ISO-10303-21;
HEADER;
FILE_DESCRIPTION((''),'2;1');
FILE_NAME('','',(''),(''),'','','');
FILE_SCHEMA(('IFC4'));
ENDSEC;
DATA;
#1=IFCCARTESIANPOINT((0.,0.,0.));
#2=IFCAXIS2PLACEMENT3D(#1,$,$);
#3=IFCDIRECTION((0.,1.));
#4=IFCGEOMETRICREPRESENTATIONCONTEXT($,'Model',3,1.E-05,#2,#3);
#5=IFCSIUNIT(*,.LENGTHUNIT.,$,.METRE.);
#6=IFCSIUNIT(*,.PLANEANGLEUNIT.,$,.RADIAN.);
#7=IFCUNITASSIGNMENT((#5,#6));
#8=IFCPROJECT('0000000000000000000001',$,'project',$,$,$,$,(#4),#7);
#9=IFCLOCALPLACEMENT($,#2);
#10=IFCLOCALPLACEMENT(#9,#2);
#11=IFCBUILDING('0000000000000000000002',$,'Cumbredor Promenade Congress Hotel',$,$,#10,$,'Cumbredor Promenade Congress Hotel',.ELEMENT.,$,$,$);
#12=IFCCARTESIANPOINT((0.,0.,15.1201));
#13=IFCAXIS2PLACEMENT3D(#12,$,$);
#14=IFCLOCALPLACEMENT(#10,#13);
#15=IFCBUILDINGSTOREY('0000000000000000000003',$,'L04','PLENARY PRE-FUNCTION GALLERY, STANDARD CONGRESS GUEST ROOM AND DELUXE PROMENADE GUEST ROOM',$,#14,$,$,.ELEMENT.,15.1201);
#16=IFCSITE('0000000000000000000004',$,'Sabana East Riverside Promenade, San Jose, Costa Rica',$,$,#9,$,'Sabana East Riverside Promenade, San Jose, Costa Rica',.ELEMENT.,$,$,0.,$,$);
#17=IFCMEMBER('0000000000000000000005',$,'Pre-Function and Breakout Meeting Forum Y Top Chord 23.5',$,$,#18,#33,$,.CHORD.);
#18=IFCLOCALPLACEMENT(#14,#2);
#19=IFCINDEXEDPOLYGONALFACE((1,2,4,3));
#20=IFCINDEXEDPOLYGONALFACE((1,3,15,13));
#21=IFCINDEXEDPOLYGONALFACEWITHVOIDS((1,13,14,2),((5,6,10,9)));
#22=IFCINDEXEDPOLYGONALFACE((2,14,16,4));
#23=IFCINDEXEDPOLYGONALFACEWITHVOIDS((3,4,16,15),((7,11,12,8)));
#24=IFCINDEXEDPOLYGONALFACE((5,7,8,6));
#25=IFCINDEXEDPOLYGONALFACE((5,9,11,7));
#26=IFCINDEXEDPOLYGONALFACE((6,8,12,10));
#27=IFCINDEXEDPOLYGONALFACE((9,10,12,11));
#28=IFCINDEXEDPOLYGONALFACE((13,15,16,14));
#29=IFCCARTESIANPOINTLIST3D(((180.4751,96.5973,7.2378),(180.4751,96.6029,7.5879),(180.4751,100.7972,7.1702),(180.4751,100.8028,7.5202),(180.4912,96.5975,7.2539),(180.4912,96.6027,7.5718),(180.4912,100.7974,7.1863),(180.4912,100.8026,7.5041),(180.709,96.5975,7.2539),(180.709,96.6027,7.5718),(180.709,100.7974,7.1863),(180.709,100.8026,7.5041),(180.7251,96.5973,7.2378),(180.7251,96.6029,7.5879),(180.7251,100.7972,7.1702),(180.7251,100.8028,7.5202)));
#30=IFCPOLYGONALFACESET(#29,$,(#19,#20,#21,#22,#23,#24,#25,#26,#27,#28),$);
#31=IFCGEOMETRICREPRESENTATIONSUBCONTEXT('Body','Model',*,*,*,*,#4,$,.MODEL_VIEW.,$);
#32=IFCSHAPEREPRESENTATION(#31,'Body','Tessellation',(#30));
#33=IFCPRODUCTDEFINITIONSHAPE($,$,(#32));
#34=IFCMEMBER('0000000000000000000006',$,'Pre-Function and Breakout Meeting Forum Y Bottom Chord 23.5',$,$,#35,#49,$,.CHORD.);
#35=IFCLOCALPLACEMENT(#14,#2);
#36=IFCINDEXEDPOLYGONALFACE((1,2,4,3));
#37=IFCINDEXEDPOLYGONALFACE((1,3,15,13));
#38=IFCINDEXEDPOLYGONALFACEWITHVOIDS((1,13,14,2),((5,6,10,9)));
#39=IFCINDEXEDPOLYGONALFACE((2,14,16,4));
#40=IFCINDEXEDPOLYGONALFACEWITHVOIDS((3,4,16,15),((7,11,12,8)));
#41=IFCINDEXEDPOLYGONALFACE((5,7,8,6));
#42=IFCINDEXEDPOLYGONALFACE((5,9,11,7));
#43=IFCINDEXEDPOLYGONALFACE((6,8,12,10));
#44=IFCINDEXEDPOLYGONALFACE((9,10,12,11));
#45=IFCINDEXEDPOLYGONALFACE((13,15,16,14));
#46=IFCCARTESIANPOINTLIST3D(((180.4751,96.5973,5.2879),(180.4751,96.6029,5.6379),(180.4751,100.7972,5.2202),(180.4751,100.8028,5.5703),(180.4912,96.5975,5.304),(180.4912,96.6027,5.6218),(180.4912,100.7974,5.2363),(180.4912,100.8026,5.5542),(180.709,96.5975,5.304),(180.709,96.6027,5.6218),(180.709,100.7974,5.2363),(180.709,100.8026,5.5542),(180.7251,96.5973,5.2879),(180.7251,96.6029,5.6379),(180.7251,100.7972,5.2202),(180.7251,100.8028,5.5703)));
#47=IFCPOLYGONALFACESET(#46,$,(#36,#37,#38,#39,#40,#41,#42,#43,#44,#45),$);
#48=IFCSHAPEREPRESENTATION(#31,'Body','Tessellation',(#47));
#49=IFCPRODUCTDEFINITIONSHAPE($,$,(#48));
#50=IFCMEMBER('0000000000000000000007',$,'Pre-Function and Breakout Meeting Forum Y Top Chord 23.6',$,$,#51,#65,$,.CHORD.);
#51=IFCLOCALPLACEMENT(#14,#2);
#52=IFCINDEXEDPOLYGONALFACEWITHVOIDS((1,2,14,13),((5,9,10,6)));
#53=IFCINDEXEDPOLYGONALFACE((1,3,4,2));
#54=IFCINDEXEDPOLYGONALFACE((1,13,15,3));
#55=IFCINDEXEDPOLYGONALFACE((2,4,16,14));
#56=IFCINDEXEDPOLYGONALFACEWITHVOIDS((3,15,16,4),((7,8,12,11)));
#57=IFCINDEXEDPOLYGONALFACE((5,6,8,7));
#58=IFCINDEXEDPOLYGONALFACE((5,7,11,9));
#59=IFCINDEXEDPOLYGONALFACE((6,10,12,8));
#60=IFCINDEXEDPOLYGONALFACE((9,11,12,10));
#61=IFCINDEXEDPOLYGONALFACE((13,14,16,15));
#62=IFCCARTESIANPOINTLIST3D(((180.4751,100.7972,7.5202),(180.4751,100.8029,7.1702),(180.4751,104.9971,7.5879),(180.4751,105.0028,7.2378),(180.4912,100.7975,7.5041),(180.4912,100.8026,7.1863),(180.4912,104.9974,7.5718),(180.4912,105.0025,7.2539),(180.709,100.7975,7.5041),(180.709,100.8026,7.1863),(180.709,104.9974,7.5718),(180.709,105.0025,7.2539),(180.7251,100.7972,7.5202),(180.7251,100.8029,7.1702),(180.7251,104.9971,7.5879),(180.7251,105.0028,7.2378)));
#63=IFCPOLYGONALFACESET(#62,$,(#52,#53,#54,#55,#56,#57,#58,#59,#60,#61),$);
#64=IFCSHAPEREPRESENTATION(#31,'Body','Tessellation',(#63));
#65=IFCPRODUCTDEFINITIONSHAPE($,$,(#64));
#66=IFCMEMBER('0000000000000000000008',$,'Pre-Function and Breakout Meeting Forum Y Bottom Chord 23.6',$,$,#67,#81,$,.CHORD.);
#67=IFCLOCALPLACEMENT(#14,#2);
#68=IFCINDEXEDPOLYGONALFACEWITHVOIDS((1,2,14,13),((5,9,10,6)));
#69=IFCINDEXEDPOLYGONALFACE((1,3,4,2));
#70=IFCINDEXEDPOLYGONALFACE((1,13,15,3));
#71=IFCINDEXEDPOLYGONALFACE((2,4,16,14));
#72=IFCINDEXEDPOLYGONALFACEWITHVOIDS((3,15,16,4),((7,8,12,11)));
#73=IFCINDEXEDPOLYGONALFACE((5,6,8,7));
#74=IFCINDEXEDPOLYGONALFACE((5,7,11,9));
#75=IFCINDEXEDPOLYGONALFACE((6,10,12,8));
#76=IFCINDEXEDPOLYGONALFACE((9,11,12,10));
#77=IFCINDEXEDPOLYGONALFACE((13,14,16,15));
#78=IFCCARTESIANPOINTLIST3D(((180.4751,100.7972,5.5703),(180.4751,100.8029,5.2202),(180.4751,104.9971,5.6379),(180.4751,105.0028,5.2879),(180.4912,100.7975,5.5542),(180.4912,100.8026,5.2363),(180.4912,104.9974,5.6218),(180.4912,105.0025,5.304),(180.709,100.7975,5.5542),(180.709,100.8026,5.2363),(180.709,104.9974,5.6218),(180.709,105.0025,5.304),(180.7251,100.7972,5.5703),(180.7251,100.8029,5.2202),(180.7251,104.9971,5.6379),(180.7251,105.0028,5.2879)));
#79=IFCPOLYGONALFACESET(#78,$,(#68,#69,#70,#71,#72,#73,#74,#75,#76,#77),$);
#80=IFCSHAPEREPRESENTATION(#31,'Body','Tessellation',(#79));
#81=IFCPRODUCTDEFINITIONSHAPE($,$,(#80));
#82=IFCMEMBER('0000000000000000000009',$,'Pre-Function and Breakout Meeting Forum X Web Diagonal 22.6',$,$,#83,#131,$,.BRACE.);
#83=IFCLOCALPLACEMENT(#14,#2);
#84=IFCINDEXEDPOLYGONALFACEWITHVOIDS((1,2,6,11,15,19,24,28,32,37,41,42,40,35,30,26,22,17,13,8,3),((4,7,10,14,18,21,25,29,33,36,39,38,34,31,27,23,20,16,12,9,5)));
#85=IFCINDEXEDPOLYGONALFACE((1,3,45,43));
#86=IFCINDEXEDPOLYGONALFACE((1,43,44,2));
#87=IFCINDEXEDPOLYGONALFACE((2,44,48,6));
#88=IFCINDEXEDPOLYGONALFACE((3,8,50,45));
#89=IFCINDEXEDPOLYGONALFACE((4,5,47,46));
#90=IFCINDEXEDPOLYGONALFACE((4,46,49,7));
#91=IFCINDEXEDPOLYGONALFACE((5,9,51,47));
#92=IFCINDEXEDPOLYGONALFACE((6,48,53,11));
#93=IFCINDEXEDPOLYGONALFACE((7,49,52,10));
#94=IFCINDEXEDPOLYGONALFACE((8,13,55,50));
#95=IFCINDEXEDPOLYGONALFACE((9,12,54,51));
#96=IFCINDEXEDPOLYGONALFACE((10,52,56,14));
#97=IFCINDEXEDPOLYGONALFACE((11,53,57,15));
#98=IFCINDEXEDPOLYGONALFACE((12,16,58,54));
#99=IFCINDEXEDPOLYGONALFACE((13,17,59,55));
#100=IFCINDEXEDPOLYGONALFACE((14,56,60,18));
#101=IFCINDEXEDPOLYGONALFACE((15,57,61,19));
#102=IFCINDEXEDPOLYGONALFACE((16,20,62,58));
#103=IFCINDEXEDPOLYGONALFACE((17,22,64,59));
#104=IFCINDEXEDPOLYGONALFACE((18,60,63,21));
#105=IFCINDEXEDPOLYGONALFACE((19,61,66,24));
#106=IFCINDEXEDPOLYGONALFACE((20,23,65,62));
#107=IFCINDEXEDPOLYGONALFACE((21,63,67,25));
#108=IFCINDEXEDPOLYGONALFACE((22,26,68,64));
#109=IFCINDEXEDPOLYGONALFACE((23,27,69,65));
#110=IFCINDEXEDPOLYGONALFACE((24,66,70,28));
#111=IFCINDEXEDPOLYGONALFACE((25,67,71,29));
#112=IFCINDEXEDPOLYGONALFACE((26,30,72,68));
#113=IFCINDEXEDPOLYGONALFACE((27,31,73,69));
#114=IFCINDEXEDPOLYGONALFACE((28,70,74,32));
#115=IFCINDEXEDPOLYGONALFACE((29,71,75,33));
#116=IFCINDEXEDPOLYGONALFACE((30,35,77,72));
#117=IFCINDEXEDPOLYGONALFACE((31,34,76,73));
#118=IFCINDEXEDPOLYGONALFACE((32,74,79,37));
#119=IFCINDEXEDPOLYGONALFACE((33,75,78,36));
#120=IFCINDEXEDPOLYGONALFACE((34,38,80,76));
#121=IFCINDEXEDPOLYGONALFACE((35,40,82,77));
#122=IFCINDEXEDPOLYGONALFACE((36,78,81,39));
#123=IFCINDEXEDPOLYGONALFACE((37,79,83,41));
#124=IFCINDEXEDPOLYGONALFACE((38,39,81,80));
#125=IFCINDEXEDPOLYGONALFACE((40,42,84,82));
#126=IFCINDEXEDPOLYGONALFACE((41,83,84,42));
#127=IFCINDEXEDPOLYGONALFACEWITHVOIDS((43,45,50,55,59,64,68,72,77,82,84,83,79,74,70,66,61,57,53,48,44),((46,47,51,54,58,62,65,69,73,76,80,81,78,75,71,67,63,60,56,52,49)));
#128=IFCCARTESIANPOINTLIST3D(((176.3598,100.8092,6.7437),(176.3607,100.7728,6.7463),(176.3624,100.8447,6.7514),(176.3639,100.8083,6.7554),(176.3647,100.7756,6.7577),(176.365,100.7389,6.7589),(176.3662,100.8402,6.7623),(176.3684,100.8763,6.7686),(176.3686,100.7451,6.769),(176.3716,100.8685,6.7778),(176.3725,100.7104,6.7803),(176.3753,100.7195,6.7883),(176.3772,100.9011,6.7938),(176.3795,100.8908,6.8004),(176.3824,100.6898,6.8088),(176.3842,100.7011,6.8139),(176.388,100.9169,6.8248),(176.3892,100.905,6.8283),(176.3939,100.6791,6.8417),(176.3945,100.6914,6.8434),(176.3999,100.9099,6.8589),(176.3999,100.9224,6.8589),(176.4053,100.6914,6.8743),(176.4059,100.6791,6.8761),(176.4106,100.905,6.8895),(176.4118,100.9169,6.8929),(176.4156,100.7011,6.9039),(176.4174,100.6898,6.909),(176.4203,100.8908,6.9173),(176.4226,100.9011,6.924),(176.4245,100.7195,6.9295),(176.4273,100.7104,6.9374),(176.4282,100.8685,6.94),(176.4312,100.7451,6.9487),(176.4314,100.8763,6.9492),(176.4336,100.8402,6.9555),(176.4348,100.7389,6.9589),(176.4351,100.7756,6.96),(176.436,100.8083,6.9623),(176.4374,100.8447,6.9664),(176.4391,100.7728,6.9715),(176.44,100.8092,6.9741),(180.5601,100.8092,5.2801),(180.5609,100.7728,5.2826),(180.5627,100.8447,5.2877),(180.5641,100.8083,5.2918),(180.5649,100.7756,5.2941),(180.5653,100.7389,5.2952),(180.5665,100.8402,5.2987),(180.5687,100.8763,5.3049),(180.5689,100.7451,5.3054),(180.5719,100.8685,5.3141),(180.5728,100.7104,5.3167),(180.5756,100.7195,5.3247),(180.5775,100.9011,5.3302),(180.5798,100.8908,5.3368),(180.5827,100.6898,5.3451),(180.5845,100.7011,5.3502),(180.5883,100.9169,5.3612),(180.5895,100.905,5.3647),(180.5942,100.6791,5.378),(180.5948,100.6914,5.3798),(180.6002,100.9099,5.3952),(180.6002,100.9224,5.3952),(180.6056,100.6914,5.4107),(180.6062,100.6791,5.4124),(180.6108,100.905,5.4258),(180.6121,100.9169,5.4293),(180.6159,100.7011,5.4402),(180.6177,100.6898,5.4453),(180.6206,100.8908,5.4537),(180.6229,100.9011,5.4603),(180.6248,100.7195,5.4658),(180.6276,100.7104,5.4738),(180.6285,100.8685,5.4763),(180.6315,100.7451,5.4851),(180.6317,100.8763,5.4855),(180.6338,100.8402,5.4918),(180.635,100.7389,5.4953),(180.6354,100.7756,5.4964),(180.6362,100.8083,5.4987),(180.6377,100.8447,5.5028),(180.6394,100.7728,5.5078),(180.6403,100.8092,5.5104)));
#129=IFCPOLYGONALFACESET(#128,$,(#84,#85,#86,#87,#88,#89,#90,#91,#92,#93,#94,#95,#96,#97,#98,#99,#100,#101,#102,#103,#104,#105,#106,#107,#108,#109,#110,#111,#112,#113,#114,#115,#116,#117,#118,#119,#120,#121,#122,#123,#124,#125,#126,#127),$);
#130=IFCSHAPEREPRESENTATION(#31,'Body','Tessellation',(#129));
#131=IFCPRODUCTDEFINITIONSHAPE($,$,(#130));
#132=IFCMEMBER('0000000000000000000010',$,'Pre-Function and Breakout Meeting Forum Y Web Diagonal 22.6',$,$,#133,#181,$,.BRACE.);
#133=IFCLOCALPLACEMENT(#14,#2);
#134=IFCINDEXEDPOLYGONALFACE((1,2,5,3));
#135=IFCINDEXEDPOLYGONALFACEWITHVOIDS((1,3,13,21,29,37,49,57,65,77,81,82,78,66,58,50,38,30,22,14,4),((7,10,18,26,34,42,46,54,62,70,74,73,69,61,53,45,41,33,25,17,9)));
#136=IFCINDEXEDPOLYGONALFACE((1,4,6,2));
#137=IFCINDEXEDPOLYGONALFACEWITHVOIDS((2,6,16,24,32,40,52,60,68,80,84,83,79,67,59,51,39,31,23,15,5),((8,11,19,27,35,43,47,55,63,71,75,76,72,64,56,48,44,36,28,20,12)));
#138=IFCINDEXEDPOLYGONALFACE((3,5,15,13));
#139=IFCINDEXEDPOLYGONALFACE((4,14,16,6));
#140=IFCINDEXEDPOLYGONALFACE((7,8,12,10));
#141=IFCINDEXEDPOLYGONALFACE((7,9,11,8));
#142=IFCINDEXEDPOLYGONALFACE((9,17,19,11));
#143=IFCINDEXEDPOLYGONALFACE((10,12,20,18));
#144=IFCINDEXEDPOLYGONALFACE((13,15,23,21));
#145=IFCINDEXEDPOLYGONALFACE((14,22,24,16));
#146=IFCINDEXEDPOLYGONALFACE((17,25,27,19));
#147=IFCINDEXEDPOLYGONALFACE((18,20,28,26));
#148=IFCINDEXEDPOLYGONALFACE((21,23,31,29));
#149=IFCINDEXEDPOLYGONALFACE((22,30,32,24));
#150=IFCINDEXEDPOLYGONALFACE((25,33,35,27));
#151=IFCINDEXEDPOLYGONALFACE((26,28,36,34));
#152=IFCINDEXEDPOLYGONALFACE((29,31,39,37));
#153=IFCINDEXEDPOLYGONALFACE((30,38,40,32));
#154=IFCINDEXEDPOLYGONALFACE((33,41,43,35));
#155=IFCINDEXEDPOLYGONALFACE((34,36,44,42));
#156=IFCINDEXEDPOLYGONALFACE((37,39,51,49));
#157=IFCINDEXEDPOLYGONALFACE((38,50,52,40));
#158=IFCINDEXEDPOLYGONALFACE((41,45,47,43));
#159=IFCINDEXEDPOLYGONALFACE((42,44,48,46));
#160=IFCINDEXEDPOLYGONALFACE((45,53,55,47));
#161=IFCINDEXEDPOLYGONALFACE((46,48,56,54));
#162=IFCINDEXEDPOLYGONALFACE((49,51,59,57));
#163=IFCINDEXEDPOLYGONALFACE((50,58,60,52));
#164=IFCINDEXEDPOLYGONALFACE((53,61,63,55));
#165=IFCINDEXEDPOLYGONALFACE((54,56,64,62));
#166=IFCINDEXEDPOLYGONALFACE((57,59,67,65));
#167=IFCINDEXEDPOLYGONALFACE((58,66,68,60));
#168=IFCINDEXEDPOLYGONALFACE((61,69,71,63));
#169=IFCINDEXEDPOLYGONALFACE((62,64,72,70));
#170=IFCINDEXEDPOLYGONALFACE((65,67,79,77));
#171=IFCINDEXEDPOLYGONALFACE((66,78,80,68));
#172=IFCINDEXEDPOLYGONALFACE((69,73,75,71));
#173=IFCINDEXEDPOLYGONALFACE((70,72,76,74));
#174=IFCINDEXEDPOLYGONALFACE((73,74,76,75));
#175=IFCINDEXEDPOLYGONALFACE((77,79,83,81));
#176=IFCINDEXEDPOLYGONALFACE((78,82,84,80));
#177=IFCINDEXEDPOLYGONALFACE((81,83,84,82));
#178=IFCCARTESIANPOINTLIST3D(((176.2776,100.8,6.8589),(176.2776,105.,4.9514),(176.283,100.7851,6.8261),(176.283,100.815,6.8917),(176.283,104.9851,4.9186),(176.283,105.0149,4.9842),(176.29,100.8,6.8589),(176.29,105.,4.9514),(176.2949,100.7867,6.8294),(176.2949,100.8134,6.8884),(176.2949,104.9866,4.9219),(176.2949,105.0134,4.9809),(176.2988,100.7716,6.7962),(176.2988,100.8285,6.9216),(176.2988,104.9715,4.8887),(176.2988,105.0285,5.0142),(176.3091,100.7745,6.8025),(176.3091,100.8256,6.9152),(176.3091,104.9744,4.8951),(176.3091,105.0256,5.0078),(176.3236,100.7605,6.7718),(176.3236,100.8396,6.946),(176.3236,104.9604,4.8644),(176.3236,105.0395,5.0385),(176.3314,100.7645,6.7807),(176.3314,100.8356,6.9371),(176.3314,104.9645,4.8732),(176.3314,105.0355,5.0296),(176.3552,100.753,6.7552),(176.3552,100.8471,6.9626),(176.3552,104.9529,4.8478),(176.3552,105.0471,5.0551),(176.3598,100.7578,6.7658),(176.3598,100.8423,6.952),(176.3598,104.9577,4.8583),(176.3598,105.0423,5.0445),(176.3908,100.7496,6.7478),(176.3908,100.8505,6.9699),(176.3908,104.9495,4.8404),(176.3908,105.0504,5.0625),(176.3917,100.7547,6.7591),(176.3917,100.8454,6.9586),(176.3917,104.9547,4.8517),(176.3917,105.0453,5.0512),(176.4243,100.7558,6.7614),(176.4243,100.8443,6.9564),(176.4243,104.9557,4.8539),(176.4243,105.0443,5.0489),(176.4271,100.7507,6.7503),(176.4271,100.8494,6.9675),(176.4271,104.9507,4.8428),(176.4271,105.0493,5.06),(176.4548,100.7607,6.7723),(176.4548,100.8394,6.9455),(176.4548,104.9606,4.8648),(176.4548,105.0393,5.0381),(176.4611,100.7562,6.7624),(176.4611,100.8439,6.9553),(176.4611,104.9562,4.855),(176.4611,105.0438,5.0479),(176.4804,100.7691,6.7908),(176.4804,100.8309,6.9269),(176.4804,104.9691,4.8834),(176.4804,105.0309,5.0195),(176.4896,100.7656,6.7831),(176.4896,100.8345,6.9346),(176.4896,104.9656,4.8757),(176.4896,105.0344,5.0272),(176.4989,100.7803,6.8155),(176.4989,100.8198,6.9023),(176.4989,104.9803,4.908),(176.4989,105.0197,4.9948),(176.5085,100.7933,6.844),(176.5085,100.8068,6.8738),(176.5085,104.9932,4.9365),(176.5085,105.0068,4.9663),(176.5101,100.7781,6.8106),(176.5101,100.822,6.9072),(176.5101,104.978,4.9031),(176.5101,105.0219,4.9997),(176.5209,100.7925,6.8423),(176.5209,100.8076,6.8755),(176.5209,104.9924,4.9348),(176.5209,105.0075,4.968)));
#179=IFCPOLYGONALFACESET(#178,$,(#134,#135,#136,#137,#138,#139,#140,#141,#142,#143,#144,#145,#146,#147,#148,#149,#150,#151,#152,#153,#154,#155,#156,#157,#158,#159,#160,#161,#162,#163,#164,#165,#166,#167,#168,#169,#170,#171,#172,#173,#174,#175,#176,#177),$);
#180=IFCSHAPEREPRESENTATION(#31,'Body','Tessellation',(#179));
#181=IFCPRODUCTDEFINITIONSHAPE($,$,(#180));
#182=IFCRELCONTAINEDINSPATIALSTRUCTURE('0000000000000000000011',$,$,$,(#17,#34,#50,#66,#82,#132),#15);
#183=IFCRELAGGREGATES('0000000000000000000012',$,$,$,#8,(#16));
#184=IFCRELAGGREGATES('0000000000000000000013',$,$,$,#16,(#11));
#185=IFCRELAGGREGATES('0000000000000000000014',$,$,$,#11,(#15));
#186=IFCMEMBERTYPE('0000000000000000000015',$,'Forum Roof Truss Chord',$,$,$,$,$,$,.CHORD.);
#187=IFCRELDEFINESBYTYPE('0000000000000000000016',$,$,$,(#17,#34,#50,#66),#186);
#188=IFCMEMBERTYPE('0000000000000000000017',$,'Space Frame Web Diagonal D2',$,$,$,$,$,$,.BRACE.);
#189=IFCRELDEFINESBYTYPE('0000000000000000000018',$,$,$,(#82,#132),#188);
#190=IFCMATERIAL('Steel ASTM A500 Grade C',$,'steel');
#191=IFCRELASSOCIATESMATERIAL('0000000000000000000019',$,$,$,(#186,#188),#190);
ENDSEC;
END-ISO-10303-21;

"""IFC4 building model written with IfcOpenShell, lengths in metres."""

from ifc_helpers import new_model, si_unit, direction, frame, origin, origin_2d, place, context, subcontext, project, spatial, hollow_rectangle, hollow_circle, extrude, material, material_profile, profile_set, type_object, element, save


model = new_model("IFC4")

# Units and contexts
model_context = context("Model", 3, precision=1e-05, world=origin(), true_north=direction((0.0, 1.0)))
body_context = subcontext(model_context, "Body", "Model", "MODEL_VIEW")
ifc_project = project(units=[si_unit("LENGTHUNIT", "METRE"), si_unit("PLANEANGLEUNIT", "RADIAN")], contexts=[model_context])

# Site, building, storey
site_placement = place(None, origin())
site = spatial("IfcSite", under=ifc_project, at=site_placement, Name="Sabana East Riverside Promenade, San Jose, Costa Rica", LongName="Sabana East Riverside Promenade, San Jose, Costa Rica", CompositionType="ELEMENT", RefElevation=0.0)
building_placement = place(site_placement, origin())
building = spatial("IfcBuilding", under=site, at=building_placement, Name="Cumbredor Promenade Congress Hotel", LongName="Cumbredor Promenade Congress Hotel", CompositionType="ELEMENT")
storey_placement = place(building_placement, frame((0.0, 0.0, 15.1201)))
storey = spatial("IfcBuildingStorey", under=building, at=storey_placement, Name="L04", Description="PLENARY PRE-FUNCTION GALLERY, STANDARD CONGRESS GUEST ROOM AND DELUXE PROMENADE GUEST ROOM", CompositionType="ELEMENT", Elevation=15.1201)

# Members
ifc_material_1 = material(Name="Steel ASTM A500 Grade C", Category="steel")
ifc_material_profile_1 = material_profile(ifc_material_1, hollow_rectangle(XDim=0.25, YDim=0.3501, WallThickness=0.0161, at=origin_2d()), Name="HSS 350x250x16")
ifc_profile_set_1 = profile_set([ifc_material_profile_1], Name="Steel ASTM A500 Grade C")
member_type_1 = type_object("IfcMemberType", Name="Forum Roof Truss Chord", PredefinedType="CHORD", material=ifc_profile_set_1)
for number, where, z_axis, x_axis, name in (
    (1, (180.6001, 96.6001, 7.4128), (0.0, 0.99987, -0.0161), (-1.0, 0.0, 0.0), "Pre-Function and Breakout Meeting Forum Y Top Chord 23.5"),
    (2, (180.6001, 96.6001, 5.4629), (0.0, 0.99987, -0.0161), (-1.0, 0.0, 0.0), "Pre-Function and Breakout Meeting Forum Y Bottom Chord 23.5"),
    (3, (180.6001, 100.8, 7.3452), (0.0, 0.99987, 0.0161), (-1.0, 0.0, 0.0), "Pre-Function and Breakout Meeting Forum Y Top Chord 23.6"),
    (4, (180.6001, 100.8, 5.3953), (0.0, 0.99987, 0.0161), (-1.0, 0.0, 0.0), "Pre-Function and Breakout Meeting Forum Y Bottom Chord 23.6"),
):
    element("IfcMember", number, at=place(storey_placement, frame(where, z_axis=z_axis, x_axis=x_axis)), inside=storey, type_object=member_type_1, Name=name, PredefinedType="CHORD", context=body_context, shape_type="SweptSolid", body=[
        extrude(hollow_rectangle(XDim=0.25, YDim=0.3501, WallThickness=0.0161, at=origin_2d()), origin(), (0.0, 0.0, 1.0), 4.2004),
    ])
ifc_material_profile_2 = material_profile(ifc_material_1, hollow_circle(Radius=0.1223, WallThickness=0.0125, at=origin_2d()), Name="CHS 244.5x12.5")
ifc_profile_set_2 = profile_set([ifc_material_profile_2], Name="Steel ASTM A500 Grade C")
member_type_2 = type_object("IfcMemberType", Name="Space Frame Web Diagonal D2", PredefinedType="BRACE", material=ifc_profile_set_2)
member_1_placement = place(storey_placement, frame((176.3999, 100.8, 6.8589), z_axis=(0.944309, 0.0, -0.329059), x_axis=(0.0, 1.0, 0.0)))
element("IfcMember", 5, at=member_1_placement, inside=storey, type_object=member_type_2, Name="Pre-Function and Breakout Meeting Forum X Web Diagonal 22.6", PredefinedType="BRACE", context=body_context, shape_type="SweptSolid", body=[
    extrude(hollow_circle(Radius=0.1223, WallThickness=0.0125, at=origin_2d()), origin(), (0.0, 0.0, 1.0), 4.448),
])
member_2_placement = place(storey_placement, frame((176.3999, 100.8, 6.8589), z_axis=(0.0, 0.910497, -0.413516), x_axis=(-1.0, 0.0, 0.0)))
element("IfcMember", 6, at=member_2_placement, inside=storey, type_object=member_type_2, Name="Pre-Function and Breakout Meeting Forum Y Web Diagonal 22.6", PredefinedType="BRACE", context=body_context, shape_type="SweptSolid", body=[
    extrude(hollow_circle(Radius=0.1223, WallThickness=0.0125, at=origin_2d()), origin(), (0.0, 0.0, 1.0), 4.6128),
])

save(model, "model.ifc")
